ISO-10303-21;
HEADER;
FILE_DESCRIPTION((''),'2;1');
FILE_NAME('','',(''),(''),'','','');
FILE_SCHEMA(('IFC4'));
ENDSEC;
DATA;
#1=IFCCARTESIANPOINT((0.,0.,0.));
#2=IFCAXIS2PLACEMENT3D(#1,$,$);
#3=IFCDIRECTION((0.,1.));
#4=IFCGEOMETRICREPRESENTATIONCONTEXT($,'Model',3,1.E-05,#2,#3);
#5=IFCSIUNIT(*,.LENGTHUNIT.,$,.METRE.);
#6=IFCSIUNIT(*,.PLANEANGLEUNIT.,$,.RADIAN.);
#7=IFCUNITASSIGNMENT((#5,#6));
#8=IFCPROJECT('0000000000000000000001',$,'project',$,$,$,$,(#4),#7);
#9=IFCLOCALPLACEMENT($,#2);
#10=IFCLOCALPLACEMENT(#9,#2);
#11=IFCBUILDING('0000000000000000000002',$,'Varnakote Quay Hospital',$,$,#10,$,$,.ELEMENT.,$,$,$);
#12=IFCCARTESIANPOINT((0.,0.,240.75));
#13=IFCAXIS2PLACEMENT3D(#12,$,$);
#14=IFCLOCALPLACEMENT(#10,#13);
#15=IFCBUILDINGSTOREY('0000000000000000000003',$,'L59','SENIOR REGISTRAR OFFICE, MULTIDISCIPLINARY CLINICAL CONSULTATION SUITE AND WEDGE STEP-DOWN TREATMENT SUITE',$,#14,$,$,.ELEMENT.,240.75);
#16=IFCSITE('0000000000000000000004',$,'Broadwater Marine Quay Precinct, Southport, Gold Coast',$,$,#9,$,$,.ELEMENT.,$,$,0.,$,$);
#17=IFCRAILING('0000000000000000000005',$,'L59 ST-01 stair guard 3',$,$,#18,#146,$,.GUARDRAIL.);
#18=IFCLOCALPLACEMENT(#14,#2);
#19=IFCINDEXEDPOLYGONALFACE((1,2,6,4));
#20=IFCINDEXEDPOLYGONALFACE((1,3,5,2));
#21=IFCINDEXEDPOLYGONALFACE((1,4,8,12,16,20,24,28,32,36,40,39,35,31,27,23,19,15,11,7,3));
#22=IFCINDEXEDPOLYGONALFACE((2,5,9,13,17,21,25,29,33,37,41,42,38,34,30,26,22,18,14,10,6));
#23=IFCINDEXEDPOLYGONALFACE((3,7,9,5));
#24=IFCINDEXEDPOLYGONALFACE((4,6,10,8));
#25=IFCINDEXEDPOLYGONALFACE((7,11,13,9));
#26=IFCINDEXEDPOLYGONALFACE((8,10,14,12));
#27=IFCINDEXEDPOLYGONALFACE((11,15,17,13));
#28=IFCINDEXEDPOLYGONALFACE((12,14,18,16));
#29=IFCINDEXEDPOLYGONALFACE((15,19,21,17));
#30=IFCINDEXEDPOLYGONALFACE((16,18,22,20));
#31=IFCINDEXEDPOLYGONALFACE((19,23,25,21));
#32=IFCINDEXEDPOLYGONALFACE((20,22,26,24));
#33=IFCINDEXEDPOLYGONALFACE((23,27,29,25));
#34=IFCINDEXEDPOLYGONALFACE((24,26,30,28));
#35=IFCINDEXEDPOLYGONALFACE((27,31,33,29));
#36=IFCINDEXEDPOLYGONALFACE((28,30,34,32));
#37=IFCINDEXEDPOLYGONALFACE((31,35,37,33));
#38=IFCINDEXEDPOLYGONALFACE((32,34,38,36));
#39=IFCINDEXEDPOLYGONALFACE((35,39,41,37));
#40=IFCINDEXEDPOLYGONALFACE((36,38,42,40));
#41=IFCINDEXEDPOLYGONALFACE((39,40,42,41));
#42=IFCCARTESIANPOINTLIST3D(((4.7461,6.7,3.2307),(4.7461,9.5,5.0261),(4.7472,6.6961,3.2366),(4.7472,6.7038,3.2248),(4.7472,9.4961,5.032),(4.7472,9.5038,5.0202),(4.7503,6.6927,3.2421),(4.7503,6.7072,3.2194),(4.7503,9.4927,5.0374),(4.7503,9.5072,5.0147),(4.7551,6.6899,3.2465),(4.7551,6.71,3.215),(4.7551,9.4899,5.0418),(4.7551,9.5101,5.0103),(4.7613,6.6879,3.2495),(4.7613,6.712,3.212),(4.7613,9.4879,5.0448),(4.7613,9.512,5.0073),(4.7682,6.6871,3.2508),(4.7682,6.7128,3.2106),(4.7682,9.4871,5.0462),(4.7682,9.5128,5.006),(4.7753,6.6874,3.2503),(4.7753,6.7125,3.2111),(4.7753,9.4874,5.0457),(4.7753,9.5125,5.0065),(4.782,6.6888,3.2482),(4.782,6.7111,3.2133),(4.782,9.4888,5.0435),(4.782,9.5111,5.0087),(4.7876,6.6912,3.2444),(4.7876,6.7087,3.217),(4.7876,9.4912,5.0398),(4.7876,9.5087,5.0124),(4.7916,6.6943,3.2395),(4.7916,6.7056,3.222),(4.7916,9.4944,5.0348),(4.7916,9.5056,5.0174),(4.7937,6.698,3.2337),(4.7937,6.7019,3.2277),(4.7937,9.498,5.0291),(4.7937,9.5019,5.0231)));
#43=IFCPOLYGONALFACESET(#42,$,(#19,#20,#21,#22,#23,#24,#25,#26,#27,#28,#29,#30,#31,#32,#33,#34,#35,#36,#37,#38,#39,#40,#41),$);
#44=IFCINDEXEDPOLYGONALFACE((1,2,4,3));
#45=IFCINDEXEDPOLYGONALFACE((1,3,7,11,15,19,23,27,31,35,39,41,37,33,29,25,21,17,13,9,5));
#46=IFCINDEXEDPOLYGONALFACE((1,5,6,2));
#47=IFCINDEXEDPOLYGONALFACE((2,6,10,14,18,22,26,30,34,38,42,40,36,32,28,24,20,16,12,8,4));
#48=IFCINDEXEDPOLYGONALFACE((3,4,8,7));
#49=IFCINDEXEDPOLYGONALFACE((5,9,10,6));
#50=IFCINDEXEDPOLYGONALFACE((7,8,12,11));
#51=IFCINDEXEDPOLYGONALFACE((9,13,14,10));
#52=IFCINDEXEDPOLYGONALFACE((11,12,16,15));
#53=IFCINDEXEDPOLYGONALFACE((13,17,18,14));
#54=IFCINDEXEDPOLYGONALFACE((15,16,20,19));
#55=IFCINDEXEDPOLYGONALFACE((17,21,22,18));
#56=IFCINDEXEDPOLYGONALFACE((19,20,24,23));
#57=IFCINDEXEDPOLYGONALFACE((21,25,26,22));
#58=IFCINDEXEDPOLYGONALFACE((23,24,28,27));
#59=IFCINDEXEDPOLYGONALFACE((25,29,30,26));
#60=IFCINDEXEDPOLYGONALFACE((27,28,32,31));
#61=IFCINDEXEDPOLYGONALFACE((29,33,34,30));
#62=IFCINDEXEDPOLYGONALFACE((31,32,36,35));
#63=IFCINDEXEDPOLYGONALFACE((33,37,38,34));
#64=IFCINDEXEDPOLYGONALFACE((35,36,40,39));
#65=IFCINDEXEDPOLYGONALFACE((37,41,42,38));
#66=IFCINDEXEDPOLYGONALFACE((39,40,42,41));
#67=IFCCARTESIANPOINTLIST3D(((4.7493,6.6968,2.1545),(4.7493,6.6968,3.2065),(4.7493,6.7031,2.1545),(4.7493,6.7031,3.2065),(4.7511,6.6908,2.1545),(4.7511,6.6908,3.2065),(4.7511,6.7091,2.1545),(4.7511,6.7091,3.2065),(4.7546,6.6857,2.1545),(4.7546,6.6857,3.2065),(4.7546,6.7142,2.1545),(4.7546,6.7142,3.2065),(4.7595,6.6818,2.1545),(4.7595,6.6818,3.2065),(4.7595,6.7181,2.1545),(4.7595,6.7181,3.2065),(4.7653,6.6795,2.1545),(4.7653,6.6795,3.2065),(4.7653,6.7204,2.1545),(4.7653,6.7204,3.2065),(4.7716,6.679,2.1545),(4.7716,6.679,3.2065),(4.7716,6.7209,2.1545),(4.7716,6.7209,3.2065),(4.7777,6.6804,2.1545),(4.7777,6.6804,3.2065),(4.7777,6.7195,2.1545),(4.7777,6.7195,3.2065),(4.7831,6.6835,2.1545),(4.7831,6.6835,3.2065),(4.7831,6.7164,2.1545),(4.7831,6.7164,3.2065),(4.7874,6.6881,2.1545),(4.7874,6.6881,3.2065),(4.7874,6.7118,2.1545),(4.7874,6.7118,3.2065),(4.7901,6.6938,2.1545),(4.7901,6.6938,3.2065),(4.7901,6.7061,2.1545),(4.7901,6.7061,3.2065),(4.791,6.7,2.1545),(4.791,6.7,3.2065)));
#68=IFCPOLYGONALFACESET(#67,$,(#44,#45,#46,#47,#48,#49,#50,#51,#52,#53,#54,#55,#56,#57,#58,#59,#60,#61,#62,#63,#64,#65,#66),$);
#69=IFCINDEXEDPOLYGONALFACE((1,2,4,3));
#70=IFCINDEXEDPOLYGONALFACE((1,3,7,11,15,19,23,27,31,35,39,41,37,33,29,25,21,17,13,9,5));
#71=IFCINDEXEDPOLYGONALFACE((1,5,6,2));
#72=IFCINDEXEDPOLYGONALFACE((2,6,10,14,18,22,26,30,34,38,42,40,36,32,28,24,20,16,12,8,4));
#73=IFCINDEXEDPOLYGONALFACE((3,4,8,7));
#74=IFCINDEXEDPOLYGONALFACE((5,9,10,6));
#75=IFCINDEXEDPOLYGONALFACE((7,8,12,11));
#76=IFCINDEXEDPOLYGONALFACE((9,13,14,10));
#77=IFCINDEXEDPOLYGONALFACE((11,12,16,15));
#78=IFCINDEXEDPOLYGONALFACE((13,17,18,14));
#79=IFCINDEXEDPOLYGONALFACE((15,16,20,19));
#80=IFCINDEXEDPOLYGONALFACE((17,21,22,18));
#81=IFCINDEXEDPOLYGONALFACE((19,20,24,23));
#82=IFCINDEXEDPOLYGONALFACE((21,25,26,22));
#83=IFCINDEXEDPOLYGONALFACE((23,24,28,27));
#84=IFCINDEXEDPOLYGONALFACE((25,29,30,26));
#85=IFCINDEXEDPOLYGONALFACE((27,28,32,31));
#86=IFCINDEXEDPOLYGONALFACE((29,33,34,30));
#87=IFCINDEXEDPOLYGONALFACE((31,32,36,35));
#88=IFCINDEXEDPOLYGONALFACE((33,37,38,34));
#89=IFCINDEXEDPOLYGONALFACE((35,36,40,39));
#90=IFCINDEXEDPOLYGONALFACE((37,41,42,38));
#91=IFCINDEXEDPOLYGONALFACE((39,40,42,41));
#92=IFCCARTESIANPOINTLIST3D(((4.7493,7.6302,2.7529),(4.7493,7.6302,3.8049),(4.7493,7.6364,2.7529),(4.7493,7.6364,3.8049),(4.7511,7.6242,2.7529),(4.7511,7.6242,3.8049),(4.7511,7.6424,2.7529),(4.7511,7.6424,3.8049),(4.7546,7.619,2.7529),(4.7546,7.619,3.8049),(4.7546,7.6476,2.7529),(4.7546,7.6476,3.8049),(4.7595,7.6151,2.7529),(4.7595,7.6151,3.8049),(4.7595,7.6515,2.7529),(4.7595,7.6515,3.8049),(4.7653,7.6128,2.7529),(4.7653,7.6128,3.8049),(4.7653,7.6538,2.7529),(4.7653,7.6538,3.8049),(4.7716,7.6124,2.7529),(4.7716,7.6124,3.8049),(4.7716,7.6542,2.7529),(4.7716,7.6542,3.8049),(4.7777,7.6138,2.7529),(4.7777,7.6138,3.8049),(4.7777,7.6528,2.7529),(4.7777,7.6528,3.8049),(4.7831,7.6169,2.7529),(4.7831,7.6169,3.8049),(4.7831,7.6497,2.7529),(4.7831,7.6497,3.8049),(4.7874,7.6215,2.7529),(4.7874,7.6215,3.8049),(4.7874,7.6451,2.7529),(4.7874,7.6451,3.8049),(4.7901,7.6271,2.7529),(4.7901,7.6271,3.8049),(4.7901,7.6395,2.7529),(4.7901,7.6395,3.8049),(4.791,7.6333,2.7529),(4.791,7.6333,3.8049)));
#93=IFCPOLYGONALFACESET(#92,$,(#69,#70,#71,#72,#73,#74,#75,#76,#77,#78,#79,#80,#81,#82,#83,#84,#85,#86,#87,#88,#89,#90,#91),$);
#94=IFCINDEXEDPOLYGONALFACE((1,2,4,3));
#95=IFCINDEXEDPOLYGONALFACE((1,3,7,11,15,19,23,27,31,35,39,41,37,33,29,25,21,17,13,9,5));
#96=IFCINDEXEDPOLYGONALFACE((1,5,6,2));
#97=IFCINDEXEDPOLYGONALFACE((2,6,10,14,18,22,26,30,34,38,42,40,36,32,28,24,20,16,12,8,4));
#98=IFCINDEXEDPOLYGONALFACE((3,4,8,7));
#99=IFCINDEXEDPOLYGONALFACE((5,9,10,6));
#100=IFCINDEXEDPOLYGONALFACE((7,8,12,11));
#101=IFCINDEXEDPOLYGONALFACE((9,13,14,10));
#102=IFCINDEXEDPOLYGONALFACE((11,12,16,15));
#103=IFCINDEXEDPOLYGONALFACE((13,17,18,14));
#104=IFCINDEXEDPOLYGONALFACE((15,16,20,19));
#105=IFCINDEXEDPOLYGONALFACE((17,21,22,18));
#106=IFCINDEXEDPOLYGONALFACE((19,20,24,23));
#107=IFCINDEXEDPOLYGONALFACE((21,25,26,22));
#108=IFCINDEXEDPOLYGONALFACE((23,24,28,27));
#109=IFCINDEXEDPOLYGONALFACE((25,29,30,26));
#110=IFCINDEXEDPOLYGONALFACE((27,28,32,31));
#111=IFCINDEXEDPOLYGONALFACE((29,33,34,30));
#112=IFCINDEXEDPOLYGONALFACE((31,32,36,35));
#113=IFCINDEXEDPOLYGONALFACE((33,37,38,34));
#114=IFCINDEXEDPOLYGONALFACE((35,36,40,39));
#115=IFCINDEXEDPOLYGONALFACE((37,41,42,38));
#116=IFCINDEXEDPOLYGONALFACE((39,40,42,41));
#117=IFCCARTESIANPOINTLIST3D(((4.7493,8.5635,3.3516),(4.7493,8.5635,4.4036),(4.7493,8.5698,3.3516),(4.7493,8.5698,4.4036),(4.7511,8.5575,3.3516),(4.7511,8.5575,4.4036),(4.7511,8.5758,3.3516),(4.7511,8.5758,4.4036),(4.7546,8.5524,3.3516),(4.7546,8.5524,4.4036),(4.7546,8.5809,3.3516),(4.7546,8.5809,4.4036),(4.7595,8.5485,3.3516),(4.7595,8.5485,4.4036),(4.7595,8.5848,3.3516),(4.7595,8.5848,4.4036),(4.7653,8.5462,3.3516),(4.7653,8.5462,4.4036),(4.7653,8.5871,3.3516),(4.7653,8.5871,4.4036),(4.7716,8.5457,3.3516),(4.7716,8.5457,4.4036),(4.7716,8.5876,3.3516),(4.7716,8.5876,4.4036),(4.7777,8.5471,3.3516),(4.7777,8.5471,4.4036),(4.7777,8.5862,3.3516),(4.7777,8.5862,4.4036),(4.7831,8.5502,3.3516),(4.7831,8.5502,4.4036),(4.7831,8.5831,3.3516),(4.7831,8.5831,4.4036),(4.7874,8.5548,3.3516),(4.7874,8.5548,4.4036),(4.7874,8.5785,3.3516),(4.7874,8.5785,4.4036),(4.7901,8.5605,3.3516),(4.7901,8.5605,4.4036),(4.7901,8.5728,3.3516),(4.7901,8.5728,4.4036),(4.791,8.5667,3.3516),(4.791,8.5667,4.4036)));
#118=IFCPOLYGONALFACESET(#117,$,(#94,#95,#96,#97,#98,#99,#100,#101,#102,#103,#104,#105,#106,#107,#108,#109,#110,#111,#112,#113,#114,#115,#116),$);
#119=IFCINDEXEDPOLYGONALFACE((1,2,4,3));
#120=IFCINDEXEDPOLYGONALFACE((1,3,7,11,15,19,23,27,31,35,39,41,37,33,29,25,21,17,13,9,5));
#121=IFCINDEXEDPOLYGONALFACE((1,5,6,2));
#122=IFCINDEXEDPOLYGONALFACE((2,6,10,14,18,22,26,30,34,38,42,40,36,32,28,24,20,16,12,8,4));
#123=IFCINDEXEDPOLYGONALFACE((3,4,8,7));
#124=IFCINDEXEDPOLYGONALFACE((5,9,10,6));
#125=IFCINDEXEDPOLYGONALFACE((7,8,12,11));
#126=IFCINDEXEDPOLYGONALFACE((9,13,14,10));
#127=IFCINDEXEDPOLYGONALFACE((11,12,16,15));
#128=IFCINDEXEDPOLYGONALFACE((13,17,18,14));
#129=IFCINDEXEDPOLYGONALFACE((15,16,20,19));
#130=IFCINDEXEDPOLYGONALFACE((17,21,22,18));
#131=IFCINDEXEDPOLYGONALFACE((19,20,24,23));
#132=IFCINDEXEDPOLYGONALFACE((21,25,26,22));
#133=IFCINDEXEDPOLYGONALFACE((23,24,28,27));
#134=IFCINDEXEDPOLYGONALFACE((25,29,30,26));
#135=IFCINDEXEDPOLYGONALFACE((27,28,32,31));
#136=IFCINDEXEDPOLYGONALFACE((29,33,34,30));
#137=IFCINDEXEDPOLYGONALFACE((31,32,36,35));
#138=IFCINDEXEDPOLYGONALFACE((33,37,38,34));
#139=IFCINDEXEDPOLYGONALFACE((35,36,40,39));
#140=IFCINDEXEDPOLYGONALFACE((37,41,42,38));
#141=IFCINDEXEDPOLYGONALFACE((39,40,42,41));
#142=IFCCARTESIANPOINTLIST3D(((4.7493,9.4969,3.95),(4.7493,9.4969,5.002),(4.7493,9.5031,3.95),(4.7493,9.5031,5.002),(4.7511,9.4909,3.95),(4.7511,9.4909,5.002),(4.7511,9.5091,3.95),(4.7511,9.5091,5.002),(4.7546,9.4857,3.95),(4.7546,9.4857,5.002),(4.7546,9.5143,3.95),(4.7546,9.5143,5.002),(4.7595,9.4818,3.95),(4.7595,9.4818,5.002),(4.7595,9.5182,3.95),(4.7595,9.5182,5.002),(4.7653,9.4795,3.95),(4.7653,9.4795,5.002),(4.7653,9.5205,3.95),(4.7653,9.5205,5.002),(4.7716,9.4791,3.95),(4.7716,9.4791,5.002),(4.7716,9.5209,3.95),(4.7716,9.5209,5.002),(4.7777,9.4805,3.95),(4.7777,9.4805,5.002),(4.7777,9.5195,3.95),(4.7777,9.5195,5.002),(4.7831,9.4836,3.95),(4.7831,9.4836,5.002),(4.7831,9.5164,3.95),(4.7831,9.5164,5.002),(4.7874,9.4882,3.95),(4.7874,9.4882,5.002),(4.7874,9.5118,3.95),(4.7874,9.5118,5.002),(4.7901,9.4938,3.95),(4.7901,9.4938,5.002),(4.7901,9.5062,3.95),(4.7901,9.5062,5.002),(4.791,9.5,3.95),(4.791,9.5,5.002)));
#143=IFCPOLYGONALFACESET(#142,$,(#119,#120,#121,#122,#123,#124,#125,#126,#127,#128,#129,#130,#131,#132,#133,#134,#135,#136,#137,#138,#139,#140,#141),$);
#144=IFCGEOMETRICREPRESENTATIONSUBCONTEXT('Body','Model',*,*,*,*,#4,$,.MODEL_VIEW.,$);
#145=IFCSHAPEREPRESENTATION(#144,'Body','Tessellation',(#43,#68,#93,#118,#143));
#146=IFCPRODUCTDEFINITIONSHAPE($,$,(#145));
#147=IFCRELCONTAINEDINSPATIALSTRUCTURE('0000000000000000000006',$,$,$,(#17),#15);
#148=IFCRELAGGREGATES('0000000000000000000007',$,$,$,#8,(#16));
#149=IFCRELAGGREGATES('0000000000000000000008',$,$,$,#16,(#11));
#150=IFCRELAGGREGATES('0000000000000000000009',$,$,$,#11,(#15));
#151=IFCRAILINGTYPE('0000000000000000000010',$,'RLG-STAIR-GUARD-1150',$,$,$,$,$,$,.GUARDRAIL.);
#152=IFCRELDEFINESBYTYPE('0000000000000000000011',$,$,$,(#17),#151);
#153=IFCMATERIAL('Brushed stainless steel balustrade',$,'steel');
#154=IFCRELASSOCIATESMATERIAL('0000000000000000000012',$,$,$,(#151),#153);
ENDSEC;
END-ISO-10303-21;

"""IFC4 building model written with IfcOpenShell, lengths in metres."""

from ifc_helpers import new_model, si_unit, direction, frame, origin, origin_2d, place, context, subcontext, project, spatial, circle, extrude, material, type_object, element, save


model = new_model("IFC4")

# Units and contexts
model_context = context("Model", 3, precision=1e-05, world=origin(), true_north=direction((0.0, 1.0)))
body_context = subcontext(model_context, "Body", "Model", "MODEL_VIEW")
ifc_project = project(units=[si_unit("LENGTHUNIT", "METRE"), si_unit("PLANEANGLEUNIT", "RADIAN")], contexts=[model_context])

# Site, building, storey
site_placement = place(None, origin())
site = spatial("IfcSite", under=ifc_project, at=site_placement, Name="Broadwater Marine Quay Precinct, Southport, Gold Coast", CompositionType="ELEMENT", RefElevation=0.0)
building_placement = place(site_placement, origin())
building = spatial("IfcBuilding", under=site, at=building_placement, Name="Varnakote Quay Hospital", CompositionType="ELEMENT")
storey_placement = place(building_placement, frame((0.0, 0.0, 240.75)))
storey = spatial("IfcBuildingStorey", under=building, at=storey_placement, Name="L59", Description="SENIOR REGISTRAR OFFICE, MULTIDISCIPLINARY CLINICAL CONSULTATION SUITE AND WEDGE STEP-DOWN TREATMENT SUITE", CompositionType="ELEMENT", Elevation=240.75)

# Railing
ifc_material_1 = material(Name="Brushed stainless steel balustrade", Category="steel")
railing_type_1 = type_object("IfcRailingType", Name="RLG-STAIR-GUARD-1150", PredefinedType="GUARDRAIL", material=ifc_material_1)
railing_1_placement = place(storey_placement, frame((4.77, 6.7, 2.1545)))
element("IfcRailing", 1, at=railing_1_placement, inside=storey, type_object=railing_type_1, Name="L59 ST-01 stair guard 3", PredefinedType="GUARDRAIL", context=body_context, shape_type="SweptSolid", body=[
    extrude(circle(Radius=0.0239, at=origin_2d()), frame((0.0, 0.0, 1.0762), z_axis=(0.0, 0.84181, 0.539774), x_axis=(-1.0, 0.0, 0.0)), (0.0, 0.0, 1.0), 3.3262),
    extrude(circle(Radius=0.021, at=origin_2d()), origin(), (0.0, 0.0, 1.0), 1.052),
    extrude(circle(Radius=0.021, at=origin_2d()), frame((0.0, 0.9333, 0.5984)), (0.0, 0.0, 1.0), 1.052),
    extrude(circle(Radius=0.021, at=origin_2d()), frame((0.0, 1.8667, 1.197)), (0.0, 0.0, 1.0), 1.052),
    extrude(circle(Radius=0.021, at=origin_2d()), frame((0.0, 2.8, 1.7954)), (0.0, 0.0, 1.0), 1.052),
])

save(model, "model.ifc")
